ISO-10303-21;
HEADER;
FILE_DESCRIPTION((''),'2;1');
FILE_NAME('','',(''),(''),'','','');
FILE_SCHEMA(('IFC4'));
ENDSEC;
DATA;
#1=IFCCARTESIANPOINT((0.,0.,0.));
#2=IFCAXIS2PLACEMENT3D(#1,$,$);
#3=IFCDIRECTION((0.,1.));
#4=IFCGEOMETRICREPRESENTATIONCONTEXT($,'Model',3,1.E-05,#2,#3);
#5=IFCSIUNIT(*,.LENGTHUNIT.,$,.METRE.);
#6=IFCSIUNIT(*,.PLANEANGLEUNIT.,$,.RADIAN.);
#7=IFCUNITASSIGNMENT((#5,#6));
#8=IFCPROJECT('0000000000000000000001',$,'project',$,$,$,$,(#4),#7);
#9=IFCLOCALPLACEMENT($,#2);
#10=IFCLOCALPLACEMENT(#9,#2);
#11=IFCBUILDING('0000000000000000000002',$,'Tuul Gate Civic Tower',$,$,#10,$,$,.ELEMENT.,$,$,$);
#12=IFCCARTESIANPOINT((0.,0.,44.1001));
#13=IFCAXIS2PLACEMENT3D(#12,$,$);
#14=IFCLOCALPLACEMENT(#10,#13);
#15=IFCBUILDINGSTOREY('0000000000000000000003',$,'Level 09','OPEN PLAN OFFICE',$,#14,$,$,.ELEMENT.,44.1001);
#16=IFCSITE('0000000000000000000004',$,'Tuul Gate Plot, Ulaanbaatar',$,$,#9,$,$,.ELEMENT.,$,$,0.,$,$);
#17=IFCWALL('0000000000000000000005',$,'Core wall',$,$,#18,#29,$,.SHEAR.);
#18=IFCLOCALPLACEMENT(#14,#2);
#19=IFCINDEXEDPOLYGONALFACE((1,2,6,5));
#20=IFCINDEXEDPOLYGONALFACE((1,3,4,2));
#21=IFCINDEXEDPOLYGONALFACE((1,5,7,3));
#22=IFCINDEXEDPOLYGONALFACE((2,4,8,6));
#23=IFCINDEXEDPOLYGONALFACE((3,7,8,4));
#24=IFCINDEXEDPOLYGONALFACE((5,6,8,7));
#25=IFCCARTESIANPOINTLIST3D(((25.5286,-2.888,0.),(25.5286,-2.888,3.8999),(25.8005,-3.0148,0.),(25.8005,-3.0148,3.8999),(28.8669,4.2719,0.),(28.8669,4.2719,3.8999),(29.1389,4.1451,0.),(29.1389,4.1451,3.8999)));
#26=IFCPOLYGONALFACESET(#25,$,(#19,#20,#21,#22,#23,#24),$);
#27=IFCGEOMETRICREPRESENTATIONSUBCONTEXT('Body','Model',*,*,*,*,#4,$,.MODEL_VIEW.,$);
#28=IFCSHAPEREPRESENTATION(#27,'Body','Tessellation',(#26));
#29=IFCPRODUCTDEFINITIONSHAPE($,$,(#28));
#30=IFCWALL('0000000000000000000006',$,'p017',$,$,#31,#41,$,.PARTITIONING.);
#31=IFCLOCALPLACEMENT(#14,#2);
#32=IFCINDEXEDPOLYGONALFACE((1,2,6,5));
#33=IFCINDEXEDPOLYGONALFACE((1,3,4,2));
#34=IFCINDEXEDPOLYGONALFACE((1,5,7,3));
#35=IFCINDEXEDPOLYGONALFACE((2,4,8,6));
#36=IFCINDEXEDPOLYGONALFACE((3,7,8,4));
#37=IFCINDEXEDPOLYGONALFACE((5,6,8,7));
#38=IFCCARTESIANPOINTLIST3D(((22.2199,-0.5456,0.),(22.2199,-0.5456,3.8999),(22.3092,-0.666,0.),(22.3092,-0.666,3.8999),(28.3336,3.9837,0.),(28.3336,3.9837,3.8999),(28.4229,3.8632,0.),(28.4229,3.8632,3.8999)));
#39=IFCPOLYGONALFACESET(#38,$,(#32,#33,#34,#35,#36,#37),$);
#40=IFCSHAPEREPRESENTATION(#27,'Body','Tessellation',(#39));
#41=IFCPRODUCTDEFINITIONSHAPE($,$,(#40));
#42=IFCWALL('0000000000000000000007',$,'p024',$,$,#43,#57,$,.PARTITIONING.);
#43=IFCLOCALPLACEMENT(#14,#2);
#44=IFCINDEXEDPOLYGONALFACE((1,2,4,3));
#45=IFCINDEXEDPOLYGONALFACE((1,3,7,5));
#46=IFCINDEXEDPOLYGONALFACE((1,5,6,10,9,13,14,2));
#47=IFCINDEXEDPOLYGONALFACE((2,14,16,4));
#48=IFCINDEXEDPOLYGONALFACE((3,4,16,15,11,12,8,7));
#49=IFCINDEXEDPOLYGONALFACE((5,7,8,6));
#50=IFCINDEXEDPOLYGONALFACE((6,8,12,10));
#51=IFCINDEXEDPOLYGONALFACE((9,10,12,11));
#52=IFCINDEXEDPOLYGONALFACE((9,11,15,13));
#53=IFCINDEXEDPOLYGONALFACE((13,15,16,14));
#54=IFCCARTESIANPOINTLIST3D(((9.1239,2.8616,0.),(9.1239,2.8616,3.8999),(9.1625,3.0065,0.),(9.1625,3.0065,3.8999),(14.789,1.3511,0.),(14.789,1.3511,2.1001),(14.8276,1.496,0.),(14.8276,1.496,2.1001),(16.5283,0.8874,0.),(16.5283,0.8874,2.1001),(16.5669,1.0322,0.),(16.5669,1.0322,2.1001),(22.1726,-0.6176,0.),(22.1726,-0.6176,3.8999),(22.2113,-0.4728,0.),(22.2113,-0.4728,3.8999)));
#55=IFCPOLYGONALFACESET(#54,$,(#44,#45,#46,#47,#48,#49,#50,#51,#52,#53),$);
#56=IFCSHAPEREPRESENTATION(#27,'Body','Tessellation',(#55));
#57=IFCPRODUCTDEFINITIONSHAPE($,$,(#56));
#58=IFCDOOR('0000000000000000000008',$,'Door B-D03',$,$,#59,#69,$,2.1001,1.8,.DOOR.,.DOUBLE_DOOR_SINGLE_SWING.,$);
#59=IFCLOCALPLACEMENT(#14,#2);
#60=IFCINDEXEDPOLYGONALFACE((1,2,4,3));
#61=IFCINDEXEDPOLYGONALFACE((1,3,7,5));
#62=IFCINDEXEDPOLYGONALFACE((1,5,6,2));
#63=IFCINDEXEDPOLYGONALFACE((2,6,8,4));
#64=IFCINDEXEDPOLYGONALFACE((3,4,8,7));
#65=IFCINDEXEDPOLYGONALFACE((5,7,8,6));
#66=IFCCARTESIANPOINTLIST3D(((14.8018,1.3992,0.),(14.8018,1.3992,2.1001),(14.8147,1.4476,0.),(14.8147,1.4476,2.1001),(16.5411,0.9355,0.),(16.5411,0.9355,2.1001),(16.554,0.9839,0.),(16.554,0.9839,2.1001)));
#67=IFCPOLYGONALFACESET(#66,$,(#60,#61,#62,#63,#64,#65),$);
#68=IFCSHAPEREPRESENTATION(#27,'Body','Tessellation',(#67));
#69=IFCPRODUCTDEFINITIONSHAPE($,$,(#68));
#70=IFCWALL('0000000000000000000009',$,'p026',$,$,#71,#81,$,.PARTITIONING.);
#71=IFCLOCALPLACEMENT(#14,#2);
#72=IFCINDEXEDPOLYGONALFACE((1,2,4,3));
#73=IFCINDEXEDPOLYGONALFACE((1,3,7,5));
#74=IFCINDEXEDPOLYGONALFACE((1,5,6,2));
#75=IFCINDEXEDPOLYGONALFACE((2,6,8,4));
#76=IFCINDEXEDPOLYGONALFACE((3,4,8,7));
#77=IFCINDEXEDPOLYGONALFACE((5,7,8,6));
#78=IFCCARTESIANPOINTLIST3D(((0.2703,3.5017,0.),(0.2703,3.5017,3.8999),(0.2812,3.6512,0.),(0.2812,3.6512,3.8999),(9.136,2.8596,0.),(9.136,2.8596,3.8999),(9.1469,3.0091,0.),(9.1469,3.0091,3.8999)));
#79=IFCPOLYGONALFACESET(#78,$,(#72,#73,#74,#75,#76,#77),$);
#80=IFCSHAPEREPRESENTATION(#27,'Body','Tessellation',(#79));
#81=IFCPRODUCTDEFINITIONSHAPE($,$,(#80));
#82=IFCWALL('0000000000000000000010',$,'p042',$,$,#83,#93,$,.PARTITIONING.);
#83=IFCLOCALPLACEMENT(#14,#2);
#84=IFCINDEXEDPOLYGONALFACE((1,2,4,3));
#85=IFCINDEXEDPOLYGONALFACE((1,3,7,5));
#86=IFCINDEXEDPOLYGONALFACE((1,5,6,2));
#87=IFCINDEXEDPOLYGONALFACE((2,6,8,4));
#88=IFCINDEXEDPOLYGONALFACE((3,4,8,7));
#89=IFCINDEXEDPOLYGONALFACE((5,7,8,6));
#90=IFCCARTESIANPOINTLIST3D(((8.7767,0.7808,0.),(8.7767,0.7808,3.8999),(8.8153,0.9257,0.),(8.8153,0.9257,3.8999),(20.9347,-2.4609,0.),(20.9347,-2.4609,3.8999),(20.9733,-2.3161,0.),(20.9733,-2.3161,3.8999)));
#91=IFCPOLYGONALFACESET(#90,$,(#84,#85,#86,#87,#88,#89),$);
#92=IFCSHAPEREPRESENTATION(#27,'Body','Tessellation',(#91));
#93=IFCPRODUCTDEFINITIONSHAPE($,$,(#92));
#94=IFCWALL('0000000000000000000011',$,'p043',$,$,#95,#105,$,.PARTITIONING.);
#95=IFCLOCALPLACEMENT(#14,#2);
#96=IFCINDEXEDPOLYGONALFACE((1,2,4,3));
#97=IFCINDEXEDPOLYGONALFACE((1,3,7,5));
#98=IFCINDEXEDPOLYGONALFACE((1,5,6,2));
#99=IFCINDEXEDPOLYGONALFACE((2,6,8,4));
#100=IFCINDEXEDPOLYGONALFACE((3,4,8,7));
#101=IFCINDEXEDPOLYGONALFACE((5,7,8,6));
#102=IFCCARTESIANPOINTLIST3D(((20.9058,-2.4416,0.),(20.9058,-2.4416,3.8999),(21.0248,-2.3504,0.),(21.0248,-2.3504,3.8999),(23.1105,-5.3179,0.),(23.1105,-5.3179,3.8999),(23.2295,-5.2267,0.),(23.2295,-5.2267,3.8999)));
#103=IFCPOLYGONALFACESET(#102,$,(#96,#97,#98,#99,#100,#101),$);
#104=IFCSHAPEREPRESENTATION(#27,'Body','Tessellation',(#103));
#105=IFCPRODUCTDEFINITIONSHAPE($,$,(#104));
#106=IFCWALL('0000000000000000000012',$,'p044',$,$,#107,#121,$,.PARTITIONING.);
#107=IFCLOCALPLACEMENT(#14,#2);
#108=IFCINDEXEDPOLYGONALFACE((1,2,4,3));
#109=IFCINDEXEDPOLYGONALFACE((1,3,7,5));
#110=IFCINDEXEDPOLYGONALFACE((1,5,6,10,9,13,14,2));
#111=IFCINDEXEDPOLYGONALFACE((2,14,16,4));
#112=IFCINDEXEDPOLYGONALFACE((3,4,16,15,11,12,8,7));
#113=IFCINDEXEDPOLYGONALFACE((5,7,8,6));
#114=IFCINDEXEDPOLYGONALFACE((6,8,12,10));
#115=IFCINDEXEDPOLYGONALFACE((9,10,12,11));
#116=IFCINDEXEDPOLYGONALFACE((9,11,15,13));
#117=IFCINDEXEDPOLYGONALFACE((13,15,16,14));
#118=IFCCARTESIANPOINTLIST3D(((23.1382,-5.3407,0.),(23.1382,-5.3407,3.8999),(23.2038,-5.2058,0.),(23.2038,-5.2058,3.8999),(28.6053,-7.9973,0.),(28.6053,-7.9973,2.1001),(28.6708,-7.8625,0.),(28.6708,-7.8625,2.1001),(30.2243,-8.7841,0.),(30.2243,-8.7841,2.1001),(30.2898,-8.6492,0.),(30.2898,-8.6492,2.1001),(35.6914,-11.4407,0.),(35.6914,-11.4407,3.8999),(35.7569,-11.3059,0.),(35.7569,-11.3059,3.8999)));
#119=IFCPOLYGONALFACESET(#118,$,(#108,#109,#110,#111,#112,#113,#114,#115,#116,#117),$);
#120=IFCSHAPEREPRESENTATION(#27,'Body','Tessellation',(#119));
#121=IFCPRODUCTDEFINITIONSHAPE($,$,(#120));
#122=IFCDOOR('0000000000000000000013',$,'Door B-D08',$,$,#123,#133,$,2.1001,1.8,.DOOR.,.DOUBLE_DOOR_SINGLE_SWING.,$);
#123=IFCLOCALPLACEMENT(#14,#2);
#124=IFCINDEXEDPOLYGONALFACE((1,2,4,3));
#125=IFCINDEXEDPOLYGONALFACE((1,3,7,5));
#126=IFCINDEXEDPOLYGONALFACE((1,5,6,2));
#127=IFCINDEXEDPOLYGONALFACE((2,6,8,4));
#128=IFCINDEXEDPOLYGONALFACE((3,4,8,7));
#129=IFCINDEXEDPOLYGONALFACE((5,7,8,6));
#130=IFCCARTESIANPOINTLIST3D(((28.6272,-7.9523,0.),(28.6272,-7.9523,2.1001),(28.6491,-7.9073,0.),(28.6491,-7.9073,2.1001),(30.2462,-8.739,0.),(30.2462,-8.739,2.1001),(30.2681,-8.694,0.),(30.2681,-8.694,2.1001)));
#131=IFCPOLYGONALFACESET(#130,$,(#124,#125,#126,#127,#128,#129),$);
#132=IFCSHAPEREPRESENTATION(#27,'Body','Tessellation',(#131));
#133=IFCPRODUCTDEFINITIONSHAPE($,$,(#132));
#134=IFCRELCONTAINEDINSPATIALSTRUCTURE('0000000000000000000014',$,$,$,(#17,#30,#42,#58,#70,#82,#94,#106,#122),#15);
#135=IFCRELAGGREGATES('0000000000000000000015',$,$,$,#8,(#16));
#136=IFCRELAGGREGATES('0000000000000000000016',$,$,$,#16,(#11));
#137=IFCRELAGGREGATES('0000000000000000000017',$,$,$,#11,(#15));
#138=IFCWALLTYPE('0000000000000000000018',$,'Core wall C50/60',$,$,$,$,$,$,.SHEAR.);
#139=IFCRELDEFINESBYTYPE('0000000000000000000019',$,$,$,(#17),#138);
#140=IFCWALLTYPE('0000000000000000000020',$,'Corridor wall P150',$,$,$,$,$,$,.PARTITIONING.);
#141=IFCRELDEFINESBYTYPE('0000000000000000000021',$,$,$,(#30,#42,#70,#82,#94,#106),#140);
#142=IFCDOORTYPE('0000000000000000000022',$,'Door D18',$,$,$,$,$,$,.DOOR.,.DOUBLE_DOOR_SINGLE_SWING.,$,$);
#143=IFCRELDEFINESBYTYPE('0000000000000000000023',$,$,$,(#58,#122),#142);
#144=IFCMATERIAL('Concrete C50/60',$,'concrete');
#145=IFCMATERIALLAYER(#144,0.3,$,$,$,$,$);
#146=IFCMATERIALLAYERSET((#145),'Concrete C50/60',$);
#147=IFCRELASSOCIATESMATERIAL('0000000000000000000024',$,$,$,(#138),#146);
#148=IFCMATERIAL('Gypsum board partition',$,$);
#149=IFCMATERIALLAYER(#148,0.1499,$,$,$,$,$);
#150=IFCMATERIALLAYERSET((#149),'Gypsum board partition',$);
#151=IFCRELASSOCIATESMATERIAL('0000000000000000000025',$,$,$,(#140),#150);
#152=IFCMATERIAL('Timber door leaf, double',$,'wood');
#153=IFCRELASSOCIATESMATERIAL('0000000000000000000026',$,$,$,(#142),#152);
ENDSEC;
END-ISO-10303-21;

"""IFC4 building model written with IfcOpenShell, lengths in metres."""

from ifc_helpers import new_model, si_unit, direction, frame, frame_2d, origin, place, context, subcontext, project, spatial, rectangle, extrude, material, layer, layer_set, type_object, element, fill, save


model = new_model("IFC4")

# Units and contexts
model_context = context("Model", 3, precision=1e-05, world=origin(), true_north=direction((0.0, 1.0)))
body_context = subcontext(model_context, "Body", "Model", "MODEL_VIEW")
ifc_project = project(units=[si_unit("LENGTHUNIT", "METRE"), si_unit("PLANEANGLEUNIT", "RADIAN")], contexts=[model_context])

# Site, building, storey
site_placement = place(None, origin())
site = spatial("IfcSite", under=ifc_project, at=site_placement, Name="Tuul Gate Plot, Ulaanbaatar", CompositionType="ELEMENT", RefElevation=0.0)
building_placement = place(site_placement, origin())
building = spatial("IfcBuilding", under=site, at=building_placement, Name="Tuul Gate Civic Tower", CompositionType="ELEMENT")
storey_placement = place(building_placement, frame((0.0, 0.0, 44.1001)))
storey = spatial("IfcBuildingStorey", under=building, at=storey_placement, Name="Level 09", Description="OPEN PLAN OFFICE", CompositionType="ELEMENT", Elevation=44.1001)

# Walls
ifc_material_1 = material(Name="Concrete C50/60", Category="concrete")
ifc_layer_1 = layer(ifc_material_1, 0.3)
ifc_layer_set_1 = layer_set([ifc_layer_1], Name="Concrete C50/60")
wall_type_1 = type_object("IfcWallType", Name="Core wall C50/60", PredefinedType="SHEAR", material=ifc_layer_set_1)
wall_1_placement = place(storey_placement, frame((25.6646, -2.9514, 0.0), z_axis=(0.0, 0.0, 1.0), x_axis=(0.422583, 0.906324, 0.0)))
element("IfcWall", 1, at=wall_1_placement, inside=storey, type_object=wall_type_1, Name="Core wall", PredefinedType="SHEAR", context=body_context, shape_type="SweptSolid", body=[
    extrude(rectangle(XDim=7.8999, YDim=0.3, at=frame_2d((3.95, 0.0))), origin(), (0.0, 0.0, 1.0), 3.8999),
])
ifc_material_2 = material(Name="Gypsum board partition")
ifc_layer_2 = layer(ifc_material_2, 0.1499)
ifc_layer_set_2 = layer_set([ifc_layer_2], Name="Gypsum board partition")
wall_type_2 = type_object("IfcWallType", Name="Corridor wall P150", PredefinedType="PARTITIONING", material=ifc_layer_set_2)
wall_2_placement = place(storey_placement, frame((22.2646, -0.6057, 0.0), z_axis=(0.0, 0.0, 1.0), x_axis=(0.803521, 0.595277, 0.0)))
element("IfcWall", 2, at=wall_2_placement, inside=storey, type_object=wall_type_2, Name="p017", PredefinedType="PARTITIONING", context=body_context, shape_type="SweptSolid", body=[
    extrude(rectangle(XDim=7.6086, YDim=0.1499, at=frame_2d((3.8042, 0.0))), origin(), (0.0, 0.0, 1.0), 3.8999),
])

# Wall, opening, door
wall_3_placement = place(storey_placement, frame((9.1431, 2.9341, 0.0), z_axis=(0.0, 0.0, 1.0), x_axis=(0.966243, -0.257632, 0.0)))
wall_3 = element("IfcWall", 3, at=wall_3_placement, inside=storey, type_object=wall_type_2, Name="p024", PredefinedType="PARTITIONING", context=body_context, shape_type="SweptSolid", body=[
    extrude(rectangle(XDim=13.5046, YDim=0.1499, at=frame_2d((6.7524, 0.0))), origin(), (0.0, 0.0, 1.0), 3.8999),
])
opening_1_placement = place(wall_3_placement, frame((5.8633, 0.0, 0.0)))
opening_1 = element("IfcOpeningElement", 4, at=opening_1_placement, cuts=wall_3, PredefinedType="OPENING", context=body_context, shape_type="SweptSolid", body=[
    extrude(rectangle(XDim=1.8, YDim=2.1001, at=frame_2d((0.8999, 1.05))), frame((0.0, 0.085, 0.0), z_axis=(0.0, -1.0, 0.0), x_axis=(1.0, 0.0, 0.0)), (0.0, 0.0, 1.0), 0.1699),
])
ifc_material_3 = material(Name="Timber door leaf, double", Category="wood")
door_type = type_object("IfcDoorType", Name="Door D18", OperationType="DOUBLE_DOOR_SINGLE_SWING", PredefinedType="DOOR", material=ifc_material_3)
door_1_placement = place(opening_1_placement, origin())
door_1 = element("IfcDoor", 5, at=door_1_placement, inside=storey, type_object=door_type, Name="Door B-D03", OperationType="DOUBLE_DOOR_SINGLE_SWING", OverallHeight=2.1001, OverallWidth=1.8, PredefinedType="DOOR", context=body_context, shape_type="SweptSolid", body=[
    extrude(rectangle(XDim=1.8, YDim=2.1001, at=frame_2d((0.8999, 1.05))), frame((0.0, 0.0249, 0.0), z_axis=(0.0, -1.0, 0.0), x_axis=(1.0, 0.0, 0.0)), (0.0, 0.0, 1.0), 0.05),
])
fill(opening_1, door_1)

# Walls
wall_4_placement = place(storey_placement, frame((0.2759, 3.5764, 0.0), z_axis=(0.0, 0.0, 1.0), x_axis=(0.997388, -0.072235, 0.0)))
element("IfcWall", 6, at=wall_4_placement, inside=storey, type_object=wall_type_2, Name="p026", PredefinedType="PARTITIONING", context=body_context, shape_type="SweptSolid", body=[
    extrude(rectangle(XDim=8.8889, YDim=0.1499, at=frame_2d((4.4443, 0.0))), origin(), (0.0, 0.0, 1.0), 3.8999),
])
wall_5_placement = place(storey_placement, frame((8.7959, 0.8533, 0.0), z_axis=(0.0, 0.0, 1.0), x_axis=(0.966243, -0.257631, 0.0)))
element("IfcWall", 7, at=wall_5_placement, inside=storey, type_object=wall_type_2, Name="p042", PredefinedType="PARTITIONING", context=body_context, shape_type="SweptSolid", body=[
    extrude(rectangle(XDim=12.5828, YDim=0.1499, at=frame_2d((6.2915, 0.0))), origin(), (0.0, 0.0, 1.0), 3.8999),
])
wall_6_placement = place(storey_placement, frame((20.9653, -2.396, 0.0), z_axis=(0.0, 0.0, 1.0), x_axis=(0.608342, -0.793675, 0.0)))
element("IfcWall", 8, at=wall_6_placement, inside=storey, type_object=wall_type_2, Name="p043", PredefinedType="PARTITIONING", context=body_context, shape_type="SweptSolid", body=[
    extrude(rectangle(XDim=3.624, YDim=0.1499, at=frame_2d((1.812, 0.0))), origin(), (0.0, 0.0, 1.0), 3.8999),
])

# Wall, opening, door
wall_7_placement = place(storey_placement, frame((23.1709, -5.2732, 0.0), z_axis=(0.0, 0.0, 1.0), x_axis=(0.899429, -0.437067, 0.0)))
wall_7 = element("IfcWall", 9, at=wall_7_placement, inside=storey, type_object=wall_type_2, Name="p044", PredefinedType="PARTITIONING", context=body_context, shape_type="SweptSolid", body=[
    extrude(rectangle(XDim=13.9568, YDim=0.1499, at=frame_2d((6.9785, 0.0))), origin(), (0.0, 0.0, 1.0), 3.8999),
])
opening_2_placement = place(wall_7_placement, frame((6.0786, 0.0, 0.0)))
opening_2 = element("IfcOpeningElement", 10, at=opening_2_placement, cuts=wall_7, PredefinedType="OPENING", context=body_context, shape_type="SweptSolid", body=[
    extrude(rectangle(XDim=1.8, YDim=2.1001, at=frame_2d((0.8999, 1.05))), frame((0.0, 0.085, 0.0), z_axis=(0.0, -1.0, 0.0), x_axis=(1.0, 0.0, 0.0)), (0.0, 0.0, 1.0), 0.1699),
])
door_2_placement = place(opening_2_placement, frame((1.8, 0.0, 0.0), z_axis=(0.0, 0.0, 1.0), x_axis=(-1.0, 0.0, 0.0)))
door_2 = element("IfcDoor", 11, at=door_2_placement, inside=storey, type_object=door_type, Name="Door B-D08", OperationType="DOUBLE_DOOR_SINGLE_SWING", OverallHeight=2.1001, OverallWidth=1.8, PredefinedType="DOOR", context=body_context, shape_type="SweptSolid", body=[
    extrude(rectangle(XDim=1.8, YDim=2.1001, at=frame_2d((0.9001, 1.05))), frame((0.0, 0.0249, 0.0), z_axis=(0.0, -1.0, 0.0), x_axis=(1.0, 0.0, 0.0)), (0.0, 0.0, 1.0), 0.05),
])
fill(opening_2, door_2)

save(model, "model.ifc")
